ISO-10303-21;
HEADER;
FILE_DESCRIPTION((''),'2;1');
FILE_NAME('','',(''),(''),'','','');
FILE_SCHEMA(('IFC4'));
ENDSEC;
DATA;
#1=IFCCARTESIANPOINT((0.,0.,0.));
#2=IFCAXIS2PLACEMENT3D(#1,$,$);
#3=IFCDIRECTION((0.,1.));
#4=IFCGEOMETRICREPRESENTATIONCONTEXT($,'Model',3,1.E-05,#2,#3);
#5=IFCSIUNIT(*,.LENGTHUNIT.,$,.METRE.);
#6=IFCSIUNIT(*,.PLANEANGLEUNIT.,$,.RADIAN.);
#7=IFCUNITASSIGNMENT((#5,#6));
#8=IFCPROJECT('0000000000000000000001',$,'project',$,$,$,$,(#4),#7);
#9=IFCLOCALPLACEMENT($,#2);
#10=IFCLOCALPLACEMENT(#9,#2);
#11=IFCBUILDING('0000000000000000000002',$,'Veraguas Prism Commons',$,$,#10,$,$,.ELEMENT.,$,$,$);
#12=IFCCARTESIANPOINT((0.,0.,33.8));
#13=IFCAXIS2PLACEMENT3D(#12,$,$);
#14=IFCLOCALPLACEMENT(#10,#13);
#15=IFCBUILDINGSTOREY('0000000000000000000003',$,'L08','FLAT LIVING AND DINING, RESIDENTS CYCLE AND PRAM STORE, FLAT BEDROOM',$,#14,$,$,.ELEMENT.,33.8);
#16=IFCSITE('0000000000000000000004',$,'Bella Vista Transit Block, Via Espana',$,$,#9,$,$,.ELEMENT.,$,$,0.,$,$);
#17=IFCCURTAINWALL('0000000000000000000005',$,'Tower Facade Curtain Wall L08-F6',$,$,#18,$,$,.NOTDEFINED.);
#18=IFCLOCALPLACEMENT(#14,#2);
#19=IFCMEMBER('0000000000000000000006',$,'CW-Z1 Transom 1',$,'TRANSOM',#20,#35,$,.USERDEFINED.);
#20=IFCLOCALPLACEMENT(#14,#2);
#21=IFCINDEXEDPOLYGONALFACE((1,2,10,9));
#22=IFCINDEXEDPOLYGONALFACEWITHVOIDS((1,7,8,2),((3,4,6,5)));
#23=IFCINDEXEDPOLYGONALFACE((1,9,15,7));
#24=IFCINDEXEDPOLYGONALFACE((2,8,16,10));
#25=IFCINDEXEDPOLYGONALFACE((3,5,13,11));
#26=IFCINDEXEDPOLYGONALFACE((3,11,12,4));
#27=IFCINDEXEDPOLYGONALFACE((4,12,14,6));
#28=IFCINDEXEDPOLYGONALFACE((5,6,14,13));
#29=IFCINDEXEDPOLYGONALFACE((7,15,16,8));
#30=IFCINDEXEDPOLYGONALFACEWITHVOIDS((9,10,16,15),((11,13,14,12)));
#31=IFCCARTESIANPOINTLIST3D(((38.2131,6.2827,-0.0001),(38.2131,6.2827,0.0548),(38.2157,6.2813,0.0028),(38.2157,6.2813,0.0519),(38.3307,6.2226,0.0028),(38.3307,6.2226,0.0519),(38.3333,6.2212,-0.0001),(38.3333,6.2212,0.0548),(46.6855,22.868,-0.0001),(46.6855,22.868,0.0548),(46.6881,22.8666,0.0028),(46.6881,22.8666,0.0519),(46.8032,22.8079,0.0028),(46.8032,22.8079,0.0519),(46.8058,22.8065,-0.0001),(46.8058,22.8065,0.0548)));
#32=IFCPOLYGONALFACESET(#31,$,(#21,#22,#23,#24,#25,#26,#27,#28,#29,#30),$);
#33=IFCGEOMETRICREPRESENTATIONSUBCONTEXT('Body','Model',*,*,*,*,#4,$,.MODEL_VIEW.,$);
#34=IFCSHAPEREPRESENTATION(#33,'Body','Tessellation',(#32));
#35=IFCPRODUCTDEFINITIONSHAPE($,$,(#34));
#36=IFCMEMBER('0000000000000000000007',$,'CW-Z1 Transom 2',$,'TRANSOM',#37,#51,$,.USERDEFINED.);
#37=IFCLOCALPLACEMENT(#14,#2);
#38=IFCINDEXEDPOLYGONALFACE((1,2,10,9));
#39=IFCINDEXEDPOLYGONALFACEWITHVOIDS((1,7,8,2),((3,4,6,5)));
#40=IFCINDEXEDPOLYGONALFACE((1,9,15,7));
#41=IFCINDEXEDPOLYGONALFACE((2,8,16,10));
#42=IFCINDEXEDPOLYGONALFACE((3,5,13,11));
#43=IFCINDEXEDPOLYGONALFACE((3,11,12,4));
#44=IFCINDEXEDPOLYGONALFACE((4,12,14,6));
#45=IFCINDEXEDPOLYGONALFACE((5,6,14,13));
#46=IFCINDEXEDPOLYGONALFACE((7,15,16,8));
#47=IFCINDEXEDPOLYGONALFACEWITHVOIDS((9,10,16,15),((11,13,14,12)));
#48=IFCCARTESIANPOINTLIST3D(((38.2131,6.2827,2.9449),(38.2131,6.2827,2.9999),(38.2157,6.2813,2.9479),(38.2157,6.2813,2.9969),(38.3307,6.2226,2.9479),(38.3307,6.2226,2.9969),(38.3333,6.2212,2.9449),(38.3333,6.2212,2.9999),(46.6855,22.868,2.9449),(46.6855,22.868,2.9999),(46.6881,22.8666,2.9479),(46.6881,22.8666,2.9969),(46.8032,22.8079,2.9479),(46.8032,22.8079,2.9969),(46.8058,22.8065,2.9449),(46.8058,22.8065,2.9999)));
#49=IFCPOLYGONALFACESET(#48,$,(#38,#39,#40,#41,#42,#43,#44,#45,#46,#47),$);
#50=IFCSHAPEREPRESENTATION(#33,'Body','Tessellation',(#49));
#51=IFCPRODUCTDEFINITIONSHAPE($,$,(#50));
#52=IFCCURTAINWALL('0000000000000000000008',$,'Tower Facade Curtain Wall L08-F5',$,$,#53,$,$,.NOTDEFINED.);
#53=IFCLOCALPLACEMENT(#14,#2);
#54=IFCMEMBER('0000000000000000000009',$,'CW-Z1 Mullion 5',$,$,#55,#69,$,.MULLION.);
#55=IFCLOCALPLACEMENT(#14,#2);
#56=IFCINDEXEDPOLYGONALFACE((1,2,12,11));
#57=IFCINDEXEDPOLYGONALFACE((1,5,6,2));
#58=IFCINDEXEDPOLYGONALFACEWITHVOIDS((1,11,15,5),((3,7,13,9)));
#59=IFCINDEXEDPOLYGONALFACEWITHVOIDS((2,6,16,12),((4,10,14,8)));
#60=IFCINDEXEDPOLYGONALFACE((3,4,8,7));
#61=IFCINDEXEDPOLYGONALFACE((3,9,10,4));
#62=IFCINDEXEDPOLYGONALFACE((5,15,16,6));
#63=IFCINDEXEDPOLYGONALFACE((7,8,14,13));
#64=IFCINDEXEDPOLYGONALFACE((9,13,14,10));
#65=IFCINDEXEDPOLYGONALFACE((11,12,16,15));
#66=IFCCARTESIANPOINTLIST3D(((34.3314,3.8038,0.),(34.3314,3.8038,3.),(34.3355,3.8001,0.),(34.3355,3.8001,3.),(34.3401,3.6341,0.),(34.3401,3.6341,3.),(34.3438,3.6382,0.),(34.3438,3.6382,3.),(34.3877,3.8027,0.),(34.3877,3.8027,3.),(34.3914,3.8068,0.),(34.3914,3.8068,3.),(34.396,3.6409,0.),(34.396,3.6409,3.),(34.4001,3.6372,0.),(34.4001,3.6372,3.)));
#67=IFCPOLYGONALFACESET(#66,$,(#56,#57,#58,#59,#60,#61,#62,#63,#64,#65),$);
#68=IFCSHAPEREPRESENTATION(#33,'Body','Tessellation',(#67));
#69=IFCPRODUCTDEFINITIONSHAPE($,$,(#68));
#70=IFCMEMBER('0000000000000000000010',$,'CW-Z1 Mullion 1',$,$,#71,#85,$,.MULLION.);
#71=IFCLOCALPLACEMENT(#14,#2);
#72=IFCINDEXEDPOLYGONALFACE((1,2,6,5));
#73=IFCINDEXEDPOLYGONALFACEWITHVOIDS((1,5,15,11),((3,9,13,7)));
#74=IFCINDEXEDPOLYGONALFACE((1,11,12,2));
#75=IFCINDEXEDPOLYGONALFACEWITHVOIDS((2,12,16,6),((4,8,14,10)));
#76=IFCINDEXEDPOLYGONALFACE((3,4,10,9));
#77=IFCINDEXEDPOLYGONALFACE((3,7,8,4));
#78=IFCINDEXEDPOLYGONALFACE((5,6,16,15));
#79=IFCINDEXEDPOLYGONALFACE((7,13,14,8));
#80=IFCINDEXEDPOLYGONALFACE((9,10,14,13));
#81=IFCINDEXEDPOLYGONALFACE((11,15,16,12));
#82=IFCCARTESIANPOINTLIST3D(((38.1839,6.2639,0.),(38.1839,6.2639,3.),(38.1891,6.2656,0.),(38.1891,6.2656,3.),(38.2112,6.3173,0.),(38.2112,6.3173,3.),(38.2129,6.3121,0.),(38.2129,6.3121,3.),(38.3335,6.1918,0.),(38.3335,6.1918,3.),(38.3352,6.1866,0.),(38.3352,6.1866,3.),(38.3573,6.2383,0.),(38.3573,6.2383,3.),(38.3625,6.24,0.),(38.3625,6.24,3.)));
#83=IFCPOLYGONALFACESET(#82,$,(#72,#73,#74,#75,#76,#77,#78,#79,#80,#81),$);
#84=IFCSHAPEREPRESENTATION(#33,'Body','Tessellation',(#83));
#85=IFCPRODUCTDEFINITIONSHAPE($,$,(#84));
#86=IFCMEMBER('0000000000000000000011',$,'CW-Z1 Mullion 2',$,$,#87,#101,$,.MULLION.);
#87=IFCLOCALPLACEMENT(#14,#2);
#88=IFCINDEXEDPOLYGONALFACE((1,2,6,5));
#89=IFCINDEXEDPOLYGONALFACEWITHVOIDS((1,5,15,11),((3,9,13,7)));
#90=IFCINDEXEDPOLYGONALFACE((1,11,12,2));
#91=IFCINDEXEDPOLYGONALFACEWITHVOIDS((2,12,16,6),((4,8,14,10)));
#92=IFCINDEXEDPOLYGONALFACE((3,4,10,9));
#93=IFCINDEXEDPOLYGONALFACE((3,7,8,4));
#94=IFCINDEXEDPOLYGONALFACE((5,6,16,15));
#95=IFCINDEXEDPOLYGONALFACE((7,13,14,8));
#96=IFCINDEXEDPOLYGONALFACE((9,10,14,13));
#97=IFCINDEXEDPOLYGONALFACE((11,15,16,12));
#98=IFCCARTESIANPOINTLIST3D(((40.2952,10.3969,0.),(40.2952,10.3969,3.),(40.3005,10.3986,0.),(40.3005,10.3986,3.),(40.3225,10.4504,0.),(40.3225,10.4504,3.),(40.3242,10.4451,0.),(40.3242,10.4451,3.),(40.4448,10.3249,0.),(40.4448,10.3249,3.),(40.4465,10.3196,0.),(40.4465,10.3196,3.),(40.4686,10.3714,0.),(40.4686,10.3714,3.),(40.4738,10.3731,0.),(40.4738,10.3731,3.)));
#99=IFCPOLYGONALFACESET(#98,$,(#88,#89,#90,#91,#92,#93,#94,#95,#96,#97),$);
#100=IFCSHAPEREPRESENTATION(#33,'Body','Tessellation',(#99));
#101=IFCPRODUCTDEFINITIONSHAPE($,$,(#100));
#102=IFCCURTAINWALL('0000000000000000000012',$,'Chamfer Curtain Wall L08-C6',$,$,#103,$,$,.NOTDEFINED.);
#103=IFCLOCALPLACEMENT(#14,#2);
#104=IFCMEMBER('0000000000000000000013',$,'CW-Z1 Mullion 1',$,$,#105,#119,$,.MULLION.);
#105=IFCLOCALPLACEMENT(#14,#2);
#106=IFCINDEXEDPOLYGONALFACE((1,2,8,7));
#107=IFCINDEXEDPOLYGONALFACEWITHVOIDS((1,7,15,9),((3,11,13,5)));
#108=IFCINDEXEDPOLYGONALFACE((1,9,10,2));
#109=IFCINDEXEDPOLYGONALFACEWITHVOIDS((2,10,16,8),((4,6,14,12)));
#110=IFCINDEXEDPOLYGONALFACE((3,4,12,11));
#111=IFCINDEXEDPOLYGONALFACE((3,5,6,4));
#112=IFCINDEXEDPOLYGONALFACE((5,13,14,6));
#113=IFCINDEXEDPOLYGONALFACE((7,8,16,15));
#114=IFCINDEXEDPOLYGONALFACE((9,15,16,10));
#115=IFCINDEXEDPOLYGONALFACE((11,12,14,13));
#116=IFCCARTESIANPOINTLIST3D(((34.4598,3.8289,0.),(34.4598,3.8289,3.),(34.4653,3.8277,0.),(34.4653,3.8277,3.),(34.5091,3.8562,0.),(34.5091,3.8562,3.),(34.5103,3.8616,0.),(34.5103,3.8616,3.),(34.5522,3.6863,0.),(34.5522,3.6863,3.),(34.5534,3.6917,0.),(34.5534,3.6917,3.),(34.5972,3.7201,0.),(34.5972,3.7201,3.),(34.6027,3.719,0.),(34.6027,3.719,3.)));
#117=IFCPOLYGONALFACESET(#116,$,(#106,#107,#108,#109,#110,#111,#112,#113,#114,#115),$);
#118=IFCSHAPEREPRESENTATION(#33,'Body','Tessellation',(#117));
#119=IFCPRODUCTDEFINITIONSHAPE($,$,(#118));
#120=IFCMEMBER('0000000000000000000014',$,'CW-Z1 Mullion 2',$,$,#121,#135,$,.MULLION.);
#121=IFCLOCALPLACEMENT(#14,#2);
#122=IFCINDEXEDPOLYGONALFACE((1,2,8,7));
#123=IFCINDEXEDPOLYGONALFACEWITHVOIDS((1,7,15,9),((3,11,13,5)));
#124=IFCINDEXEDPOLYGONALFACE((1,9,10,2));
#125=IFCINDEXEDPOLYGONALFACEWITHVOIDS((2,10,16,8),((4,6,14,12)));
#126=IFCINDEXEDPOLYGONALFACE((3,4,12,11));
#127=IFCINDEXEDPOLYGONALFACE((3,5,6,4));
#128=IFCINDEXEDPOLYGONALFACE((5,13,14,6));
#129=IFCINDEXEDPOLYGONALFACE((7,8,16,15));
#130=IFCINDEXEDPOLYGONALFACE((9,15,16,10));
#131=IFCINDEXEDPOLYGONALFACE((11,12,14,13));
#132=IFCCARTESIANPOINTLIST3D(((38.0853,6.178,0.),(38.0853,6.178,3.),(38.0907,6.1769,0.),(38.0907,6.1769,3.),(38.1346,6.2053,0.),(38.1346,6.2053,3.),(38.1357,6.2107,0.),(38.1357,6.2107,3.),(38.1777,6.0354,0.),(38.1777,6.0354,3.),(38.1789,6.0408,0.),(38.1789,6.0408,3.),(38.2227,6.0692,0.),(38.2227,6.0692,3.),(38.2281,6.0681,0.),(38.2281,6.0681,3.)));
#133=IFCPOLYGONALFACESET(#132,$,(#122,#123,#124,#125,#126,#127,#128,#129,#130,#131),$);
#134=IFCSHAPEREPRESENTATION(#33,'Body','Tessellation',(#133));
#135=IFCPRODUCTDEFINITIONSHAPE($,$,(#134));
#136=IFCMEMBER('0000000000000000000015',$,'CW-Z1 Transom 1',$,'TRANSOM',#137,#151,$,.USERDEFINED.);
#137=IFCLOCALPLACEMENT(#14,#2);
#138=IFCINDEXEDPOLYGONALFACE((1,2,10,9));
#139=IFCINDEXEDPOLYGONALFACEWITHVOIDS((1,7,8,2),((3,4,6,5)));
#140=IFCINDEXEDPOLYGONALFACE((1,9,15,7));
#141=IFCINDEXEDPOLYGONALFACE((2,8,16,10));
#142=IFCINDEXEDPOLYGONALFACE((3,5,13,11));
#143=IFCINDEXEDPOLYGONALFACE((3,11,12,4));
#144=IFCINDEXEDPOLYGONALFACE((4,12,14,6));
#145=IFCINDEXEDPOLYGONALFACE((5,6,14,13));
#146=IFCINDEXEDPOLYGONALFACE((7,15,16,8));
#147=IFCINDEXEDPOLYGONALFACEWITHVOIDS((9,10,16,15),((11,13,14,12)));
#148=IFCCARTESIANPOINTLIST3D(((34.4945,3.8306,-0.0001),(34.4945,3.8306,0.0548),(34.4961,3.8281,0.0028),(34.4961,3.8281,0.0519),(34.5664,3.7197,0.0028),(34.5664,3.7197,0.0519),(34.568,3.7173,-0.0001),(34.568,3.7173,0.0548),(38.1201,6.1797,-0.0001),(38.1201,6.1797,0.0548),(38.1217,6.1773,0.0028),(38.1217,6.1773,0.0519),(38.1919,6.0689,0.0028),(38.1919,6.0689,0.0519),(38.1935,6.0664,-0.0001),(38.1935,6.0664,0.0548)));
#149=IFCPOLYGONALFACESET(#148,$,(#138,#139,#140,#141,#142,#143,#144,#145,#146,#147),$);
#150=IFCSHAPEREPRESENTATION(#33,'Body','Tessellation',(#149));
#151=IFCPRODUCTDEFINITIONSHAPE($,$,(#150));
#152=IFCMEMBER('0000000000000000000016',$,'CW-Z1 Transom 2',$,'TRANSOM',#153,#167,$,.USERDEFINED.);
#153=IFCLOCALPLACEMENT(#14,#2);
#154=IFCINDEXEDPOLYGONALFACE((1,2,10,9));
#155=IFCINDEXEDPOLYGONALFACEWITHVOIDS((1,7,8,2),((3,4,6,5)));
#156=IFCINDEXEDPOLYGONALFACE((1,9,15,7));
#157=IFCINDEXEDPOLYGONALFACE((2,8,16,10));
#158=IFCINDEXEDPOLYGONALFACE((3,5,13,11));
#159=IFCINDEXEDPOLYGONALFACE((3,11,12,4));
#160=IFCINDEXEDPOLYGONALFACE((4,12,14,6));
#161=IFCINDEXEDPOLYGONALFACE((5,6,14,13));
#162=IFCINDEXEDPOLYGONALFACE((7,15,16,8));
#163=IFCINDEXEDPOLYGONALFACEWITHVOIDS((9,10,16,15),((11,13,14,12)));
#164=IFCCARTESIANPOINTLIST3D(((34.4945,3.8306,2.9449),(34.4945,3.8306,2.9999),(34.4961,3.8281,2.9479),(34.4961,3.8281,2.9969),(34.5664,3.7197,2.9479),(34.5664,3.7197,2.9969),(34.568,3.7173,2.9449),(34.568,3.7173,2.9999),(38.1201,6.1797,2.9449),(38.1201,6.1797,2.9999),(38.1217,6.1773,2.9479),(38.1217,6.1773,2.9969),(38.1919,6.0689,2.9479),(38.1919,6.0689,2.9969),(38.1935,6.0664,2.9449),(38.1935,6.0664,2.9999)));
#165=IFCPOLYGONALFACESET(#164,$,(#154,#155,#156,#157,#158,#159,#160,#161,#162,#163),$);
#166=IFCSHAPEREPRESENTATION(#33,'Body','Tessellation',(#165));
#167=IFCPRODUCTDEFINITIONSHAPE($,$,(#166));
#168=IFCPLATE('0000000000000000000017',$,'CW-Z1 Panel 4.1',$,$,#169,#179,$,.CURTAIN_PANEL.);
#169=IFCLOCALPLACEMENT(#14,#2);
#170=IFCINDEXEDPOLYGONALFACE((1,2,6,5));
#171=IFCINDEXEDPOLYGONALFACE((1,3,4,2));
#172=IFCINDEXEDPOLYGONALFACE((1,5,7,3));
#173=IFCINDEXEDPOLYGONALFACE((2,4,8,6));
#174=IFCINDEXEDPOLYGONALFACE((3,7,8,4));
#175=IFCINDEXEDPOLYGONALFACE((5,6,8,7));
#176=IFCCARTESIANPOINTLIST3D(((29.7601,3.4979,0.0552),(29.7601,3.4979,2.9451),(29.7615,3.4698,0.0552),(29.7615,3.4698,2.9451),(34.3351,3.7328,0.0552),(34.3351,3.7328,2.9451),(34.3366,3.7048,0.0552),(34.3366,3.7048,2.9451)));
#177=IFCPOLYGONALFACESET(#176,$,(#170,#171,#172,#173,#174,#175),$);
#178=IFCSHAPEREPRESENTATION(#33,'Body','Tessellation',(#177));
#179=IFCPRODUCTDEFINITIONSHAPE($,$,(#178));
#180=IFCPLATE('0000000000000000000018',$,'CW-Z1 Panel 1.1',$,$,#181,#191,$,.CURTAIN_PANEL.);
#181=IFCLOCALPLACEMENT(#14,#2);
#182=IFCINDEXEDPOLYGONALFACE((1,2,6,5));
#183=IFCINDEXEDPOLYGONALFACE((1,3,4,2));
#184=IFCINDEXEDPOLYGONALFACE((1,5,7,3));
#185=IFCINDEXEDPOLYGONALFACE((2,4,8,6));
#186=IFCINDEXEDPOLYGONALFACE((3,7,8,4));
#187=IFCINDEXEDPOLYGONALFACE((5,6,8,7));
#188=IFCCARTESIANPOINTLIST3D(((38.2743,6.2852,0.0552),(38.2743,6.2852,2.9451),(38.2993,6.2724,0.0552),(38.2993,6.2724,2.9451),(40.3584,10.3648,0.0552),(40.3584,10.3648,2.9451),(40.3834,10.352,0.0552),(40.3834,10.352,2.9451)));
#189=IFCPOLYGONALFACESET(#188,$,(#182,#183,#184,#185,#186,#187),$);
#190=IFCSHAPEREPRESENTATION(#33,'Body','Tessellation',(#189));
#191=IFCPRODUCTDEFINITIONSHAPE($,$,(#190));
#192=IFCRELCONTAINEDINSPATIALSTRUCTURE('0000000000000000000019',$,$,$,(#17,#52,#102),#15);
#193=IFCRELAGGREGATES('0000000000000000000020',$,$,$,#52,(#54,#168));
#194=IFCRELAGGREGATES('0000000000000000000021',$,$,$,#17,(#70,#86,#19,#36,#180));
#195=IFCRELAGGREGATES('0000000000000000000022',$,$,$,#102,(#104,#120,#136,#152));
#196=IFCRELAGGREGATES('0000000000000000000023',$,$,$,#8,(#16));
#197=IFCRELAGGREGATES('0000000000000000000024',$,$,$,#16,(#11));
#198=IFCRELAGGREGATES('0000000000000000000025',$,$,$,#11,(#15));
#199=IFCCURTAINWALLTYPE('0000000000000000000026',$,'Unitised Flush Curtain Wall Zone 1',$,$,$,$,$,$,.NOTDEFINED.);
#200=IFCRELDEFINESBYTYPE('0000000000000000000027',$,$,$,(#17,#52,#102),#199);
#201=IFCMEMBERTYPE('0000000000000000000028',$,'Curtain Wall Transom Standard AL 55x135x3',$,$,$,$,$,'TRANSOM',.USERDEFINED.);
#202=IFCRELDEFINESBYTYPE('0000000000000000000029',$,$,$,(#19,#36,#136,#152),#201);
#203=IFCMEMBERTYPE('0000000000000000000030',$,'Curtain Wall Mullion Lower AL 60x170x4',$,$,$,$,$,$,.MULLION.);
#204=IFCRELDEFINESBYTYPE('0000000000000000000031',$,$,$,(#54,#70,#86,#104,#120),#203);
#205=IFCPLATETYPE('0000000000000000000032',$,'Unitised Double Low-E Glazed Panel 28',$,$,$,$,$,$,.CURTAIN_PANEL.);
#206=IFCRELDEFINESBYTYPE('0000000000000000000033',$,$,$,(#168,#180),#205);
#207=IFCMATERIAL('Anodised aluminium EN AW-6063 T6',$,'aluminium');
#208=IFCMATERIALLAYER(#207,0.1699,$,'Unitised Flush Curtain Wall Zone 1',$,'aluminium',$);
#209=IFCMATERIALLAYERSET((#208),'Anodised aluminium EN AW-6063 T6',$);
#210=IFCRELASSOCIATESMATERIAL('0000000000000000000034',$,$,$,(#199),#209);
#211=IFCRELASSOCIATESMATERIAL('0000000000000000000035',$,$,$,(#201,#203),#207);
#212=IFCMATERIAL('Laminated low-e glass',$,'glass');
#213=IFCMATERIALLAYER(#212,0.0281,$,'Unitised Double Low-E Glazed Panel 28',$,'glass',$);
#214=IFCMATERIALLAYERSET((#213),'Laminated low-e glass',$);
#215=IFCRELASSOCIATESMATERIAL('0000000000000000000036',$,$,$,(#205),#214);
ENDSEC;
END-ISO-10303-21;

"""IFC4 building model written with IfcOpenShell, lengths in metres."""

from ifc_helpers import new_model, si_unit, direction, frame, origin, origin_2d, place, context, subcontext, project, spatial, rectangle, hollow_rectangle, extrude, source, transform, mapped, material, layer, layer_set, material_profile, profile_set, type_object, element, aggregate, save


model = new_model("IFC4")

# Units and contexts
model_context = context("Model", 3, precision=1e-05, world=origin(), true_north=direction((0.0, 1.0)))
body_context = subcontext(model_context, "Body", "Model", "MODEL_VIEW")
ifc_project = project(units=[si_unit("LENGTHUNIT", "METRE"), si_unit("PLANEANGLEUNIT", "RADIAN")], contexts=[model_context])

# Site, building, storey
site_placement = place(None, origin())
site = spatial("IfcSite", under=ifc_project, at=site_placement, Name="Bella Vista Transit Block, Via Espana", CompositionType="ELEMENT", RefElevation=0.0)
building_placement = place(site_placement, origin())
building = spatial("IfcBuilding", under=site, at=building_placement, Name="Veraguas Prism Commons", CompositionType="ELEMENT")
storey_placement = place(building_placement, frame((0.0, 0.0, 33.8)))
storey = spatial("IfcBuildingStorey", under=building, at=storey_placement, Name="L08", Description="FLAT LIVING AND DINING, RESIDENTS CYCLE AND PRAM STORE, FLAT BEDROOM", CompositionType="ELEMENT", Elevation=33.8)

# Curtain wall, members
ifc_material_1 = material(Name="Anodised aluminium EN AW-6063 T6", Category="aluminium")
ifc_layer_1 = layer(ifc_material_1, 0.1699, Name="Unitised Flush Curtain Wall Zone 1", Category="aluminium")
ifc_layer_set_1 = layer_set([ifc_layer_1], Name="Anodised aluminium EN AW-6063 T6")
curtain_wall_type = type_object("IfcCurtainWallType", Name="Unitised Flush Curtain Wall Zone 1", PredefinedType="NOTDEFINED", material=ifc_layer_set_1)
curtain_wall_1_placement = place(storey_placement, origin())
curtain_wall_1 = element("IfcCurtainWall", 1, at=curtain_wall_1_placement, inside=storey, type_object=curtain_wall_type, Name="Tower Facade Curtain Wall L08-F6", PredefinedType="NOTDEFINED")
ifc_material_profile_1 = material_profile(ifc_material_1, hollow_rectangle(XDim=0.0549, YDim=0.135, WallThickness=0.0029, at=origin_2d()), Name="AL55X135X3")
ifc_profile_set_1 = profile_set([ifc_material_profile_1], Name="Anodised aluminium EN AW-6063 T6")
member_type_1 = type_object("IfcMemberType", Name="Curtain Wall Transom Standard AL 55x135x3", ElementType="TRANSOM", PredefinedType="USERDEFINED", material=ifc_profile_set_1)
shared_shape_1 = source(origin(), body_context, "Body", "SweptSolid", [
    extrude(hollow_rectangle(XDim=0.0549, YDim=0.135, WallThickness=0.0029, at=origin_2d()), origin(), (0.0, 0.0, 1.0), 18.624),
])
member_1_placement = place(storey_placement, frame((38.2732, 6.252, 0.0273), z_axis=(0.454921, 0.890532, 0.0), x_axis=(0.0, 0.0, 1.0)))
member_1 = element("IfcMember", 2, at=member_1_placement, type_object=member_type_1, Name="CW-Z1 Transom 1", ObjectType="TRANSOM", PredefinedType="USERDEFINED", context=body_context, shape_type="MappedRepresentation", body=[
    mapped(shared_shape_1, transform((0.0, 0.0, 0.0), scale=1.0)),
])
member_2_placement = place(storey_placement, frame((38.2732, 6.252, 2.9724), z_axis=(0.454921, 0.890532, 0.0), x_axis=(0.0, 0.0, 1.0)))
member_2 = element("IfcMember", 3, at=member_2_placement, type_object=member_type_1, Name="CW-Z1 Transom 2", ObjectType="TRANSOM", PredefinedType="USERDEFINED", context=body_context, shape_type="MappedRepresentation", body=[
    mapped(shared_shape_1, transform((0.0, 0.0, 0.0), scale=1.0)),
])

# Curtain wall, member
curtain_wall_2_placement = place(storey_placement, origin())
curtain_wall_2 = element("IfcCurtainWall", 4, at=curtain_wall_2_placement, inside=storey, type_object=curtain_wall_type, Name="Tower Facade Curtain Wall L08-F5", PredefinedType="NOTDEFINED")
ifc_material_profile_2 = material_profile(ifc_material_1, hollow_rectangle(XDim=0.0601, YDim=0.1699, WallThickness=0.0039, at=origin_2d()), Name="AL60X170X4")
ifc_profile_set_2 = profile_set([ifc_material_profile_2], Name="Anodised aluminium EN AW-6063 T6")
member_type_2 = type_object("IfcMemberType", Name="Curtain Wall Mullion Lower AL 60x170x4", PredefinedType="MULLION", material=ifc_profile_set_2)
shared_shape_2 = source(origin(), body_context, "Body", "SweptSolid", [
    extrude(hollow_rectangle(XDim=0.0601, YDim=0.1699, WallThickness=0.0039, at=origin_2d()), origin(), (0.0, 0.0, 1.0), 3.0),
])
member_3_placement = place(storey_placement, frame((34.3657, 3.7205, 0.0), z_axis=(0.0, 0.0, 1.0), x_axis=(0.998684, 0.05129, 0.0)))
member_3 = element("IfcMember", 5, at=member_3_placement, type_object=member_type_2, Name="CW-Z1 Mullion 5", PredefinedType="MULLION", context=body_context, shape_type="MappedRepresentation", body=[
    mapped(shared_shape_2, transform((0.0, 0.0, 0.0), scale=1.0)),
])

# Members
member_4_placement = place(storey_placement, frame((38.2732, 6.252, 0.0), z_axis=(0.0, 0.0, 1.0), x_axis=(0.454922, 0.890531, 0.0)))
member_4 = element("IfcMember", 6, at=member_4_placement, type_object=member_type_2, Name="CW-Z1 Mullion 1", PredefinedType="MULLION", context=body_context, shape_type="MappedRepresentation", body=[
    mapped(shared_shape_2, transform((0.0, 0.0, 0.0), scale=1.0)),
])
member_5_placement = place(storey_placement, frame((40.3845, 10.385, 0.0), z_axis=(0.0, 0.0, 1.0), x_axis=(0.454922, 0.890531, 0.0)))
member_5 = element("IfcMember", 7, at=member_5_placement, type_object=member_type_2, Name="CW-Z1 Mullion 2", PredefinedType="MULLION", context=body_context, shape_type="MappedRepresentation", body=[
    mapped(shared_shape_2, transform((0.0, 0.0, 0.0), scale=1.0)),
])

# Curtain wall, members
curtain_wall_3_placement = place(storey_placement, origin())
curtain_wall_3 = element("IfcCurtainWall", 8, at=curtain_wall_3_placement, inside=storey, type_object=curtain_wall_type, Name="Chamfer Curtain Wall L08-C6", PredefinedType="NOTDEFINED")
member_6_placement = place(storey_placement, frame((34.5312, 3.7739, 0.0), z_axis=(0.0, 0.0, 1.0), x_axis=(0.839233, 0.543772, 0.0)))
member_6 = element("IfcMember", 9, at=member_6_placement, type_object=member_type_2, Name="CW-Z1 Mullion 1", PredefinedType="MULLION", context=body_context, shape_type="MappedRepresentation", body=[
    mapped(shared_shape_2, transform((0.0, 0.0, 0.0), scale=1.0)),
])
member_7_placement = place(storey_placement, frame((38.1567, 6.123, 0.0), z_axis=(0.0, 0.0, 1.0), x_axis=(0.839233, 0.543772, 0.0)))
member_7 = element("IfcMember", 10, at=member_7_placement, type_object=member_type_2, Name="CW-Z1 Mullion 2", PredefinedType="MULLION", context=body_context, shape_type="MappedRepresentation", body=[
    mapped(shared_shape_2, transform((0.0, 0.0, 0.0), scale=1.0)),
])
shared_shape_3 = source(origin(), body_context, "Body", "SweptSolid", [
    extrude(hollow_rectangle(XDim=0.0549, YDim=0.135, WallThickness=0.0029, at=origin_2d()), origin(), (0.0, 0.0, 1.0), 4.3201),
])
member_8_placement = place(storey_placement, frame((34.5312, 3.7739, 0.0273), z_axis=(0.83923, 0.543776, 0.0), x_axis=(0.0, 0.0, 1.0)))
member_8 = element("IfcMember", 11, at=member_8_placement, type_object=member_type_1, Name="CW-Z1 Transom 1", ObjectType="TRANSOM", PredefinedType="USERDEFINED", context=body_context, shape_type="MappedRepresentation", body=[
    mapped(shared_shape_3, transform((0.0, 0.0, 0.0), scale=1.0)),
])
member_9_placement = place(storey_placement, frame((34.5312, 3.7739, 2.9724), z_axis=(0.83923, 0.543776, 0.0), x_axis=(0.0, 0.0, 1.0)))
member_9 = element("IfcMember", 12, at=member_9_placement, type_object=member_type_1, Name="CW-Z1 Transom 2", ObjectType="TRANSOM", PredefinedType="USERDEFINED", context=body_context, shape_type="MappedRepresentation", body=[
    mapped(shared_shape_3, transform((0.0, 0.0, 0.0), scale=1.0)),
])

# Plates
ifc_material_2 = material(Name="Laminated low-e glass", Category="glass")
ifc_layer_2 = layer(ifc_material_2, 0.0281, Name="Unitised Double Low-E Glazed Panel 28", Category="glass")
ifc_layer_set_2 = layer_set([ifc_layer_2], Name="Laminated low-e glass")
plate_type = type_object("IfcPlateType", Name="Unitised Double Low-E Glazed Panel 28", PredefinedType="CURTAIN_PANEL", material=ifc_layer_set_2)
shared_shape_4 = source(origin(), body_context, "Body", "SweptSolid", [
    extrude(rectangle(XDim=4.5811, YDim=0.0281, at=origin_2d()), origin(), (0.0, 0.0, 1.0), 2.8899),
])
plate_1_placement = place(storey_placement, frame((32.0483, 3.6013, 0.0552), z_axis=(0.0, 0.0, 1.0), x_axis=(0.998684, 0.05129, 0.0)))
plate_1 = element("IfcPlate", 13, at=plate_1_placement, type_object=plate_type, Name="CW-Z1 Panel 4.1", PredefinedType="CURTAIN_PANEL", context=body_context, shape_type="MappedRepresentation", body=[
    mapped(shared_shape_4, transform((0.0, 0.0, 0.0), scale=1.0)),
])
aggregate(curtain_wall_2, [member_3, plate_1])
plate_2_placement = place(storey_placement, frame((39.3289, 8.3186, 0.0552), z_axis=(0.0, 0.0, 1.0), x_axis=(0.454922, 0.890531, 0.0)))
plate_2 = element("IfcPlate", 14, at=plate_2_placement, type_object=plate_type, Name="CW-Z1 Panel 1.1", PredefinedType="CURTAIN_PANEL", context=body_context, shape_type="MappedRepresentation", body=[
    mapped(shared_shape_4, transform((0.0, 0.0, 0.0), scale=1.0)),
])
aggregate(curtain_wall_1, [member_4, member_5, member_1, member_2, plate_2])
aggregate(curtain_wall_3, [member_6, member_7, member_8, member_9])

save(model, "model.ifc")
